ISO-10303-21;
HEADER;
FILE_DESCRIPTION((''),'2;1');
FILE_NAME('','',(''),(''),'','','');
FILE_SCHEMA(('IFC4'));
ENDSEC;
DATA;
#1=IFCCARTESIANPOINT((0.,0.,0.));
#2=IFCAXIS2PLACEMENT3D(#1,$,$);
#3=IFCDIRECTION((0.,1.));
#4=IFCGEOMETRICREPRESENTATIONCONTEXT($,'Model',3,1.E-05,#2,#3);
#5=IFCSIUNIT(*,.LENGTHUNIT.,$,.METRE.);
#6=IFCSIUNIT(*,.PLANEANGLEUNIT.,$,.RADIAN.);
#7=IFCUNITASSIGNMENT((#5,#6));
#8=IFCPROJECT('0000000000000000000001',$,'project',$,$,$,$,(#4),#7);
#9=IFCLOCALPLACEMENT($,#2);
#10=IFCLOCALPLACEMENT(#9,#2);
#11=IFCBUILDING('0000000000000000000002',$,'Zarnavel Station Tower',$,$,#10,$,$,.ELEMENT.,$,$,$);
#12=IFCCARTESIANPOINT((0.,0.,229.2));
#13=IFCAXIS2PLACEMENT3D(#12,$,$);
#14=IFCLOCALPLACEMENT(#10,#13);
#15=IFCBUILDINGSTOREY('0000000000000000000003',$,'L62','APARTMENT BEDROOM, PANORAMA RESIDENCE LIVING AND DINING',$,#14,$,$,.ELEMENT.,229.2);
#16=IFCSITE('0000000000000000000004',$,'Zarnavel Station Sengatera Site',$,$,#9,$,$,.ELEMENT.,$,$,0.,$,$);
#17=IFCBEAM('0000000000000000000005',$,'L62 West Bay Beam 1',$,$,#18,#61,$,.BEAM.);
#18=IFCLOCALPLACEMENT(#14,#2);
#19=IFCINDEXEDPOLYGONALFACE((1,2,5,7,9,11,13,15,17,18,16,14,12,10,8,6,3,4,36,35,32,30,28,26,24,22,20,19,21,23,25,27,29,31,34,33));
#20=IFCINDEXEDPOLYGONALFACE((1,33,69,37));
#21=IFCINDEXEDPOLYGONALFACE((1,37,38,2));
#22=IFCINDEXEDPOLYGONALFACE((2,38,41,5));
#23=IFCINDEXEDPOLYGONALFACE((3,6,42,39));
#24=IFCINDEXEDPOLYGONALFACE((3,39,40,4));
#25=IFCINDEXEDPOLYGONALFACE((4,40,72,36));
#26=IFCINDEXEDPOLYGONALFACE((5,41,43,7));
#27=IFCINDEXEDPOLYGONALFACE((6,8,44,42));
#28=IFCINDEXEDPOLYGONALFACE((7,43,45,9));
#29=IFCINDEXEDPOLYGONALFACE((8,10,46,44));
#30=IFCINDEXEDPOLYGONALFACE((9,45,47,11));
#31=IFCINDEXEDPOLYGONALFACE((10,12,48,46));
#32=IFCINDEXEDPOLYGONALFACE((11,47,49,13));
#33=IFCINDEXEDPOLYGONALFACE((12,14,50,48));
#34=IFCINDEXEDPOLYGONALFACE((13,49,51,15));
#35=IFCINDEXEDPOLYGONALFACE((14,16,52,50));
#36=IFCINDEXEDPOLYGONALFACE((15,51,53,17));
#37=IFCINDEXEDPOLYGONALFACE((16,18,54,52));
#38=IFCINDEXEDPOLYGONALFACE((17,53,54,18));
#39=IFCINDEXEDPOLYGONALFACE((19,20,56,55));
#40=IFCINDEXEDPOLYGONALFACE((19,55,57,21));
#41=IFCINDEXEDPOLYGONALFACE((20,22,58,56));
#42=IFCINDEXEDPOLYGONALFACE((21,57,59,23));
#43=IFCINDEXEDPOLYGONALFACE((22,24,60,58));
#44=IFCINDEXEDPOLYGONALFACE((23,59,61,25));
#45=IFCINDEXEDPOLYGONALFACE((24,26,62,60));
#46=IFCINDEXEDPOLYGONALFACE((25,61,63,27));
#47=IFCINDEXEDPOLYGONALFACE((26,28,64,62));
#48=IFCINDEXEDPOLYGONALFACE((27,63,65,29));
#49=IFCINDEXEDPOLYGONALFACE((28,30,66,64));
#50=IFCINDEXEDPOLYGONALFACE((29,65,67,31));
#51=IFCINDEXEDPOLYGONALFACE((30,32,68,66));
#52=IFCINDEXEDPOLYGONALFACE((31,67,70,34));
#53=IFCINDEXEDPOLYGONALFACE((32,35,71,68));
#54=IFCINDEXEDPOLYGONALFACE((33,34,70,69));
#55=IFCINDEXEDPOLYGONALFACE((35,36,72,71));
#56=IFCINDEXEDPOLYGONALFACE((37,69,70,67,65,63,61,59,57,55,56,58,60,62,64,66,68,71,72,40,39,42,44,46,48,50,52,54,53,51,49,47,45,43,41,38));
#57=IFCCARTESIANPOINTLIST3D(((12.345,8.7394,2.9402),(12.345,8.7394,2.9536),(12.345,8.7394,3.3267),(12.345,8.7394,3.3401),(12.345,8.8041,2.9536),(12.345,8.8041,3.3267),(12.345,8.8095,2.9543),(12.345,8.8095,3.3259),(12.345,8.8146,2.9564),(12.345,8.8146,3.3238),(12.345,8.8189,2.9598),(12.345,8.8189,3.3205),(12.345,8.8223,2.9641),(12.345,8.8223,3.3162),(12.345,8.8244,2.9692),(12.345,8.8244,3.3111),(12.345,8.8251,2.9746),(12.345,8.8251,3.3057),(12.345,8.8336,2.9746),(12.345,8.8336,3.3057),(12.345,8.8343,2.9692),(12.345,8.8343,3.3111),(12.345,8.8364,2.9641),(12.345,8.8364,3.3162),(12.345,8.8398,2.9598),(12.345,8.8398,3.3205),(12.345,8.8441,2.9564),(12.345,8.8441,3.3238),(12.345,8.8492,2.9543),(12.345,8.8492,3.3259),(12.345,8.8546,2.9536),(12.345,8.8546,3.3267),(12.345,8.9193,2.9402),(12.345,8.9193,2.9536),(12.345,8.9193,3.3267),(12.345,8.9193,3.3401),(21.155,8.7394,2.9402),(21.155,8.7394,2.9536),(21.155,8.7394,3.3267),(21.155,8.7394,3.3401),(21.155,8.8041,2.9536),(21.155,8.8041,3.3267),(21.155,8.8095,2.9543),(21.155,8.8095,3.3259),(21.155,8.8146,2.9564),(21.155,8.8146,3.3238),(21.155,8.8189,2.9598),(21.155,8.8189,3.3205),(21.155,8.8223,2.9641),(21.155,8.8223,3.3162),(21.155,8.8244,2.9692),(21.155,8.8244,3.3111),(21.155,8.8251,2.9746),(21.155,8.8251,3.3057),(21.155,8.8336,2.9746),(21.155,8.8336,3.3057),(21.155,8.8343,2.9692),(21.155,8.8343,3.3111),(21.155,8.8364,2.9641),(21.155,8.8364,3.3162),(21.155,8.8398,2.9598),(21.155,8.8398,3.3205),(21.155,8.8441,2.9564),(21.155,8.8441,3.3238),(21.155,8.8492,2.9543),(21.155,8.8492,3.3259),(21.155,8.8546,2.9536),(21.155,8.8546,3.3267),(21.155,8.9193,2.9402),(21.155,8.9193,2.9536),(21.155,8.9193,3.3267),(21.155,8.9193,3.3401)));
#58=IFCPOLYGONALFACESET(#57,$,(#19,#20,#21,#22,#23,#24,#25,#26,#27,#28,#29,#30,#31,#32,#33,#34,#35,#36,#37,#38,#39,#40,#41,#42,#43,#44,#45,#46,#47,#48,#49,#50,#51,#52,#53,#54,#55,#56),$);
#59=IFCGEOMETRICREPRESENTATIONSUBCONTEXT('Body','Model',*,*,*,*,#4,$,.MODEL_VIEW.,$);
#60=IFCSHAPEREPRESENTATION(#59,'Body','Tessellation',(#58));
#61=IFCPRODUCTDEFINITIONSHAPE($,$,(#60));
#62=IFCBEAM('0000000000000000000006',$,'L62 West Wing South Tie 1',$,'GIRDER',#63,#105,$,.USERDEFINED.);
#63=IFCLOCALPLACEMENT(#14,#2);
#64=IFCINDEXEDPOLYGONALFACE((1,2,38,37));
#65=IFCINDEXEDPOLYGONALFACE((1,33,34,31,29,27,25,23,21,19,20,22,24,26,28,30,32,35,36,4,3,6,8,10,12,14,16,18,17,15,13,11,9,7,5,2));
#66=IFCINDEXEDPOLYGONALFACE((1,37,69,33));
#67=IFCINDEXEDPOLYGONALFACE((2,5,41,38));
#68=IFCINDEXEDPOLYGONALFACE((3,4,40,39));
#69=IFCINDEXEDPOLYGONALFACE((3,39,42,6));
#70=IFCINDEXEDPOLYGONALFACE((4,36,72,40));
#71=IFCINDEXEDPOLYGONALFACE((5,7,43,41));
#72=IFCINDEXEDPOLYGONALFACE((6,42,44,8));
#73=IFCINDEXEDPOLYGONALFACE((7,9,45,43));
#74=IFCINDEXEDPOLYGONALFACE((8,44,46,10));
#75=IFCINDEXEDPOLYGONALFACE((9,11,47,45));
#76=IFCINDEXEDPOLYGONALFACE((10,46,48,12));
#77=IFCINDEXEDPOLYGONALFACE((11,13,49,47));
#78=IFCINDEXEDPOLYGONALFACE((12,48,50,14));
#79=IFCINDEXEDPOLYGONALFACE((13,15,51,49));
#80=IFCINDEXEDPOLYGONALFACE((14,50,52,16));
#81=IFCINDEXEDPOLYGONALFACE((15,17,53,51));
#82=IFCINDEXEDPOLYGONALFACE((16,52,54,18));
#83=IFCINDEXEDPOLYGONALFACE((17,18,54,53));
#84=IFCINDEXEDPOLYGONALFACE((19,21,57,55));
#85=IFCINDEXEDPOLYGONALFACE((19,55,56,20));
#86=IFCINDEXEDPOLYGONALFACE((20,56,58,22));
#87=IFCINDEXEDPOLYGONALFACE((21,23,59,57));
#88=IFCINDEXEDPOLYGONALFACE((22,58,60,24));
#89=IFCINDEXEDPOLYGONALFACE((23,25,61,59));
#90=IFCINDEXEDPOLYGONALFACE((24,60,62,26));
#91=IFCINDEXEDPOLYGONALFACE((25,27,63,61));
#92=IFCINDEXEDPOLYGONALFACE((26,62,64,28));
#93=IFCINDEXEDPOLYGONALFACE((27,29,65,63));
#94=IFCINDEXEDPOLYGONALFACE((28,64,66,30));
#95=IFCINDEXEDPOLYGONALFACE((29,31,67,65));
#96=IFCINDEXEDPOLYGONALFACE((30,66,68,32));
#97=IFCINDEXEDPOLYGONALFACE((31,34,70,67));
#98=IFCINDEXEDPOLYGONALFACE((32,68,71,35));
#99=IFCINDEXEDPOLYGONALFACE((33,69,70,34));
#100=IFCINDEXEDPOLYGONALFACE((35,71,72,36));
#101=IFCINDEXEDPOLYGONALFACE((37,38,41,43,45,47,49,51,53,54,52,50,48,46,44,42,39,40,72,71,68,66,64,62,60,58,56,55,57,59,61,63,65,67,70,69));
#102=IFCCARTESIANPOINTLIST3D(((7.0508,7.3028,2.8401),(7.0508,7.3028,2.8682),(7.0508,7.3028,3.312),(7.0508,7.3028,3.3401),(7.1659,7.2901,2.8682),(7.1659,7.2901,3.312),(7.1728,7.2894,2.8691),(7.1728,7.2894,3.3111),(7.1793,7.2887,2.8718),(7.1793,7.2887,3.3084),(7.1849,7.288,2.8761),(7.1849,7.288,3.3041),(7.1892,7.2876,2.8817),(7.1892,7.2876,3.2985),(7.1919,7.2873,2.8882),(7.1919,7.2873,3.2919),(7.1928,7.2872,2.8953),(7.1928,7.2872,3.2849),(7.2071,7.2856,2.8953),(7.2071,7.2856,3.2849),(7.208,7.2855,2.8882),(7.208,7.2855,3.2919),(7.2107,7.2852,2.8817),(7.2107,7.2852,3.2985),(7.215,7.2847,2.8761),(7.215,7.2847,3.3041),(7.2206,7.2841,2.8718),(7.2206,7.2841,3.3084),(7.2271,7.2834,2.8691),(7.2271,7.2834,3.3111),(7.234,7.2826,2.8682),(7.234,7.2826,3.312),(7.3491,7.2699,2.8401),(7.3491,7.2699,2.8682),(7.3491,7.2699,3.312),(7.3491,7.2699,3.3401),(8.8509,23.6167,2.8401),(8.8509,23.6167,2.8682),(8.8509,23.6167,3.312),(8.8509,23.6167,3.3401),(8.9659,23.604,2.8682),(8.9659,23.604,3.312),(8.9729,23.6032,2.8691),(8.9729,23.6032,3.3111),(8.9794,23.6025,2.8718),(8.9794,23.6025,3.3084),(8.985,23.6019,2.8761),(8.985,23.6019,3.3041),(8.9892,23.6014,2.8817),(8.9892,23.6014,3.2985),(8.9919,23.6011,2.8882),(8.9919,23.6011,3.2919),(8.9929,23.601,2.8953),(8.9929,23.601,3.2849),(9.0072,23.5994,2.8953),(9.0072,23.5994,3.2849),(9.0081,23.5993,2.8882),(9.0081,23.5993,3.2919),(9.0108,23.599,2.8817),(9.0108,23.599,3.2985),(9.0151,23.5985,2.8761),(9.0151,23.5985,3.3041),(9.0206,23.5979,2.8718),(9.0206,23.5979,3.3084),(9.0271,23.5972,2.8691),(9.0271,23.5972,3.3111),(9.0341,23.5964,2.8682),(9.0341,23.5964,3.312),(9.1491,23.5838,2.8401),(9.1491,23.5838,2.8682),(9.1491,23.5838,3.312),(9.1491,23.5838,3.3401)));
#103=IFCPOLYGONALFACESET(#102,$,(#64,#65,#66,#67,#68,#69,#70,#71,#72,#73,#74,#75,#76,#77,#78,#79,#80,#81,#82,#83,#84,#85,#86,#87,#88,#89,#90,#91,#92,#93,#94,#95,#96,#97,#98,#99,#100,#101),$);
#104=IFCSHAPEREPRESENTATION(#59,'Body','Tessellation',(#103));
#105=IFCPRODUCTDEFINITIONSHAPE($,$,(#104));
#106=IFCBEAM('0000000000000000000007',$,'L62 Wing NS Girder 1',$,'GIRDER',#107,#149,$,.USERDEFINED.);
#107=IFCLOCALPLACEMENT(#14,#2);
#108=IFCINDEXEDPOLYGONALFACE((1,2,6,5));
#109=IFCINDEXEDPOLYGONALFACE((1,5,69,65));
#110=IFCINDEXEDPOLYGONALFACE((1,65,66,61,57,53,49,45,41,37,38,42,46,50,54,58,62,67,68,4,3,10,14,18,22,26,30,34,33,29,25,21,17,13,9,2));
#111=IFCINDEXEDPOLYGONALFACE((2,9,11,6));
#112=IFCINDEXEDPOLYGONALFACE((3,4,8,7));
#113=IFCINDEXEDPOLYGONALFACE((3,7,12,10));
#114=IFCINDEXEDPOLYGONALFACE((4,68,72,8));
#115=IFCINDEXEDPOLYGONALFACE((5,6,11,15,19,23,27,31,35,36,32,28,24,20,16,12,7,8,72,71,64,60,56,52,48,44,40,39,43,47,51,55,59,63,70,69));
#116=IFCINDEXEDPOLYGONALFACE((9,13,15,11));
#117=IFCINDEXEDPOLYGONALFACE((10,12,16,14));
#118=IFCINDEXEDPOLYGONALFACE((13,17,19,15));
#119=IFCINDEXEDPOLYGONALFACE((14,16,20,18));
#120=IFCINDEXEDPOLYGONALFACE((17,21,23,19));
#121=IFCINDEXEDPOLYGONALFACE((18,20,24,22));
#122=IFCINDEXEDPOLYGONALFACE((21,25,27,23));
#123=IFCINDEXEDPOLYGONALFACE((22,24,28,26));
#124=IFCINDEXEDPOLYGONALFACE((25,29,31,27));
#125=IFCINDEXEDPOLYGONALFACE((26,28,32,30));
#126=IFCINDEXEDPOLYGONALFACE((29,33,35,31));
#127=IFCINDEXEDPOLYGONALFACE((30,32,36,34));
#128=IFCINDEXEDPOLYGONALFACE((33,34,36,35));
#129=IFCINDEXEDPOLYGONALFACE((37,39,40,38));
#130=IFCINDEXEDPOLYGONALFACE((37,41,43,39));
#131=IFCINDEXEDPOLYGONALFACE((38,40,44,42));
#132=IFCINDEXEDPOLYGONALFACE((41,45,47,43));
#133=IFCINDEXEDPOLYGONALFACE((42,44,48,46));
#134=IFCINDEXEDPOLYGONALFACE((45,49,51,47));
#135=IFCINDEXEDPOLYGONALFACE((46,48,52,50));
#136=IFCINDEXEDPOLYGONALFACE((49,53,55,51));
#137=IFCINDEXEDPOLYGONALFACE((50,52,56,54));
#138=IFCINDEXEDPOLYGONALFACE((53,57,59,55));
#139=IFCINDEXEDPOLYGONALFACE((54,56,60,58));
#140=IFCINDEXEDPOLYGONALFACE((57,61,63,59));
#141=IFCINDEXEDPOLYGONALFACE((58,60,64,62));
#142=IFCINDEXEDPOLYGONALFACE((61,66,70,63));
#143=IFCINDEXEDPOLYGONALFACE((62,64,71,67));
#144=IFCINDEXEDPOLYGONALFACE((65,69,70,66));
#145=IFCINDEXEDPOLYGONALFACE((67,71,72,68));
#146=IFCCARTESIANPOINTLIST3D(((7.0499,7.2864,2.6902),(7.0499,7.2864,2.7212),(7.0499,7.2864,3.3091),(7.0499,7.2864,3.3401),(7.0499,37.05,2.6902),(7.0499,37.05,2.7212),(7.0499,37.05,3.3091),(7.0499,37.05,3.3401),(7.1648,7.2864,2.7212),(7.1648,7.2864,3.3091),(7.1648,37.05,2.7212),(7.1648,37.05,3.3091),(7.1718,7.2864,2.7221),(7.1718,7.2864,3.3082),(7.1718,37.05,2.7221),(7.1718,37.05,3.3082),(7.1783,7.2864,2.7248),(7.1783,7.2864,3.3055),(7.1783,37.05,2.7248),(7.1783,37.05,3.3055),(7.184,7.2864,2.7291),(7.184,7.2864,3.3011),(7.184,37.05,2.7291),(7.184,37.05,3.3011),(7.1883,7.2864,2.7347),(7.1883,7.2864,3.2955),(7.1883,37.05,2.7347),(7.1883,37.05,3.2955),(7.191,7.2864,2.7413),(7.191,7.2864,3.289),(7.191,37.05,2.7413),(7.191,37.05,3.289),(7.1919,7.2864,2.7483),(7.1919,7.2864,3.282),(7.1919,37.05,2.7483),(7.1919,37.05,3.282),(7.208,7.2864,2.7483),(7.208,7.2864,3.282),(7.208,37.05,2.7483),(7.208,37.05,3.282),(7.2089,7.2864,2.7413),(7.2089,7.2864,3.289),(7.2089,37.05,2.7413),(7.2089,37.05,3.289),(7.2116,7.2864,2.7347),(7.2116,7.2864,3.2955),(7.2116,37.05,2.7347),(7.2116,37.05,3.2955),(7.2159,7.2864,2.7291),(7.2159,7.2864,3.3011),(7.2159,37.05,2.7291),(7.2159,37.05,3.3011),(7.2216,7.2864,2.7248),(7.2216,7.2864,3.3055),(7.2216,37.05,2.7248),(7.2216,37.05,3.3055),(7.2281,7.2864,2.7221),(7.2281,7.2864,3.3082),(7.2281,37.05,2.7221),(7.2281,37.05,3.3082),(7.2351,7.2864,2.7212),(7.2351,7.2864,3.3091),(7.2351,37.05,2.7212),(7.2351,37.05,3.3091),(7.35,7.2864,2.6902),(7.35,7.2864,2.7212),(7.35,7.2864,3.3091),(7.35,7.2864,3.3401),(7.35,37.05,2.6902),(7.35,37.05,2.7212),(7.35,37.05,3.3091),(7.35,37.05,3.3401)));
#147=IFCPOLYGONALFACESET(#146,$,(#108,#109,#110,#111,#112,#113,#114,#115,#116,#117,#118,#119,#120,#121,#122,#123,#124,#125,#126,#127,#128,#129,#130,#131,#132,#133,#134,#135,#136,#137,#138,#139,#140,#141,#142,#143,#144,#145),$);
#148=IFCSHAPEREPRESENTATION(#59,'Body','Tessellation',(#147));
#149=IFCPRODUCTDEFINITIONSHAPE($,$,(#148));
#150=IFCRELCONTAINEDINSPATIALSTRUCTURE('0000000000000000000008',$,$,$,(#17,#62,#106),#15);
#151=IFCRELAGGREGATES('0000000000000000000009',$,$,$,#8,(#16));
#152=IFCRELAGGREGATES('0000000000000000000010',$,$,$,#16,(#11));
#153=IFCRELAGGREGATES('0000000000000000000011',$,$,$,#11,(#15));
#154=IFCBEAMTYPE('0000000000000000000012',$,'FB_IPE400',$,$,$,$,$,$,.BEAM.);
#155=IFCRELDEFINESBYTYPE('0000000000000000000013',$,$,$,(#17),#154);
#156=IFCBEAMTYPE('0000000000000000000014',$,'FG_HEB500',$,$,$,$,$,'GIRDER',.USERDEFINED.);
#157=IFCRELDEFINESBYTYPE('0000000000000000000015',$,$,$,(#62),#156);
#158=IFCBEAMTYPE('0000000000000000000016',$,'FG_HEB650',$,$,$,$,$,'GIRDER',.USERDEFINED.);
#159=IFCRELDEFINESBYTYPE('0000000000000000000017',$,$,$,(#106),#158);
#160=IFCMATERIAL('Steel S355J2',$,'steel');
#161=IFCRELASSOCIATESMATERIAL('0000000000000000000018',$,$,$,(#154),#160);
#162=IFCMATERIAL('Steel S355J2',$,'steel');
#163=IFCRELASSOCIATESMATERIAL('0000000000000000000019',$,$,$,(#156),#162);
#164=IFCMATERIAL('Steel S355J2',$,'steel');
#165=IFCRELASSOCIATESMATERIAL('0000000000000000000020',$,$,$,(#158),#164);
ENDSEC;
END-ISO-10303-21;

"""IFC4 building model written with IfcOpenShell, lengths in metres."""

from ifc_helpers import new_model, si_unit, direction, frame, origin, origin_2d, place, context, subcontext, project, spatial, i_section, extrude, material, material_profile, profile_set, type_object, element, save


model = new_model("IFC4")

# Units and contexts
model_context = context("Model", 3, precision=1e-05, world=origin(), true_north=direction((0.0, 1.0)))
body_context = subcontext(model_context, "Body", "Model", "MODEL_VIEW")
ifc_project = project(units=[si_unit("LENGTHUNIT", "METRE"), si_unit("PLANEANGLEUNIT", "RADIAN")], contexts=[model_context])

# Site, building, storey
site_placement = place(None, origin())
site = spatial("IfcSite", under=ifc_project, at=site_placement, Name="Zarnavel Station Sengatera Site", CompositionType="ELEMENT", RefElevation=0.0)
building_placement = place(site_placement, origin())
building = spatial("IfcBuilding", under=site, at=building_placement, Name="Zarnavel Station Tower", CompositionType="ELEMENT")
storey_placement = place(building_placement, frame((0.0, 0.0, 229.2)))
storey = spatial("IfcBuildingStorey", under=building, at=storey_placement, Name="L62", Description="APARTMENT BEDROOM, PANORAMA RESIDENCE LIVING AND DINING", CompositionType="ELEMENT", Elevation=229.2)

# Beams
ifc_material_1 = material(Name="Steel S355J2", Category="steel")
ifc_material_profile_1 = material_profile(ifc_material_1, i_section(OverallWidth=0.1799, OverallDepth=0.3999, WebThickness=0.0085, FlangeThickness=0.0134, FilletRadius=0.021, at=origin_2d()), Name="IPE400")
ifc_profile_set_1 = profile_set([ifc_material_profile_1], Name="Steel S355J2")
beam_type_1 = type_object("IfcBeamType", Name="FB_IPE400", PredefinedType="BEAM", material=ifc_profile_set_1)
beam_1_placement = place(storey_placement, frame((12.345, 8.8293, 3.1401), z_axis=(1.0, 0.0, 0.0), x_axis=(0.0, 1.0, 0.0)))
element("IfcBeam", 1, at=beam_1_placement, inside=storey, type_object=beam_type_1, Name="L62 West Bay Beam 1", PredefinedType="BEAM", context=body_context, shape_type="SweptSolid", body=[
    extrude(i_section(OverallWidth=0.1799, OverallDepth=0.3999, WebThickness=0.0085, FlangeThickness=0.0134, FilletRadius=0.021, at=origin_2d()), origin(), (0.0, 0.0, 1.0), 8.8101),
])
ifc_material_2 = material(Name="Steel S355J2", Category="steel")
ifc_material_profile_2 = material_profile(ifc_material_2, i_section(OverallWidth=0.3, OverallDepth=0.5, WebThickness=0.0144, FlangeThickness=0.0281, FilletRadius=0.0271, at=origin_2d()), Name="HEB500")
ifc_profile_set_2 = profile_set([ifc_material_profile_2], Name="Steel S355J2")
beam_type_2 = type_object("IfcBeamType", Name="FG_HEB500", ElementType="GIRDER", PredefinedType="USERDEFINED", material=ifc_profile_set_2)
beam_2_placement = place(storey_placement, frame((7.2, 7.2864, 3.0901), z_axis=(0.109674, 0.993968, 0.0), x_axis=(-0.993968, 0.109674, 0.0)))
element("IfcBeam", 2, at=beam_2_placement, inside=storey, type_object=beam_type_2, Name="L62 West Wing South Tie 1", ObjectType="GIRDER", PredefinedType="USERDEFINED", context=body_context, shape_type="SweptSolid", body=[
    extrude(i_section(OverallWidth=0.3, OverallDepth=0.5, WebThickness=0.0144, FlangeThickness=0.0281, FilletRadius=0.0271, at=origin_2d()), origin(), (0.0, 0.0, 1.0), 16.4128),
])
ifc_material_3 = material(Name="Steel S355J2", Category="steel")
ifc_material_profile_3 = material_profile(ifc_material_3, i_section(OverallWidth=0.3, OverallDepth=0.6499, WebThickness=0.0161, FlangeThickness=0.031, FilletRadius=0.0271, at=origin_2d()), Name="HEB650")
ifc_profile_set_3 = profile_set([ifc_material_profile_3], Name="Steel S355J2")
beam_type_3 = type_object("IfcBeamType", Name="FG_HEB650", ElementType="GIRDER", PredefinedType="USERDEFINED", material=ifc_profile_set_3)
beam_3_placement = place(storey_placement, frame((7.2, 7.2864, 3.0151), z_axis=(0.0, 1.0, 0.0), x_axis=(-1.0, 0.0, 0.0)))
element("IfcBeam", 3, at=beam_3_placement, inside=storey, type_object=beam_type_3, Name="L62 Wing NS Girder 1", ObjectType="GIRDER", PredefinedType="USERDEFINED", context=body_context, shape_type="SweptSolid", body=[
    extrude(i_section(OverallWidth=0.3, OverallDepth=0.6499, WebThickness=0.0161, FlangeThickness=0.031, FilletRadius=0.0271, at=origin_2d()), origin(), (0.0, 0.0, 1.0), 29.7637),
])

save(model, "model.ifc")
